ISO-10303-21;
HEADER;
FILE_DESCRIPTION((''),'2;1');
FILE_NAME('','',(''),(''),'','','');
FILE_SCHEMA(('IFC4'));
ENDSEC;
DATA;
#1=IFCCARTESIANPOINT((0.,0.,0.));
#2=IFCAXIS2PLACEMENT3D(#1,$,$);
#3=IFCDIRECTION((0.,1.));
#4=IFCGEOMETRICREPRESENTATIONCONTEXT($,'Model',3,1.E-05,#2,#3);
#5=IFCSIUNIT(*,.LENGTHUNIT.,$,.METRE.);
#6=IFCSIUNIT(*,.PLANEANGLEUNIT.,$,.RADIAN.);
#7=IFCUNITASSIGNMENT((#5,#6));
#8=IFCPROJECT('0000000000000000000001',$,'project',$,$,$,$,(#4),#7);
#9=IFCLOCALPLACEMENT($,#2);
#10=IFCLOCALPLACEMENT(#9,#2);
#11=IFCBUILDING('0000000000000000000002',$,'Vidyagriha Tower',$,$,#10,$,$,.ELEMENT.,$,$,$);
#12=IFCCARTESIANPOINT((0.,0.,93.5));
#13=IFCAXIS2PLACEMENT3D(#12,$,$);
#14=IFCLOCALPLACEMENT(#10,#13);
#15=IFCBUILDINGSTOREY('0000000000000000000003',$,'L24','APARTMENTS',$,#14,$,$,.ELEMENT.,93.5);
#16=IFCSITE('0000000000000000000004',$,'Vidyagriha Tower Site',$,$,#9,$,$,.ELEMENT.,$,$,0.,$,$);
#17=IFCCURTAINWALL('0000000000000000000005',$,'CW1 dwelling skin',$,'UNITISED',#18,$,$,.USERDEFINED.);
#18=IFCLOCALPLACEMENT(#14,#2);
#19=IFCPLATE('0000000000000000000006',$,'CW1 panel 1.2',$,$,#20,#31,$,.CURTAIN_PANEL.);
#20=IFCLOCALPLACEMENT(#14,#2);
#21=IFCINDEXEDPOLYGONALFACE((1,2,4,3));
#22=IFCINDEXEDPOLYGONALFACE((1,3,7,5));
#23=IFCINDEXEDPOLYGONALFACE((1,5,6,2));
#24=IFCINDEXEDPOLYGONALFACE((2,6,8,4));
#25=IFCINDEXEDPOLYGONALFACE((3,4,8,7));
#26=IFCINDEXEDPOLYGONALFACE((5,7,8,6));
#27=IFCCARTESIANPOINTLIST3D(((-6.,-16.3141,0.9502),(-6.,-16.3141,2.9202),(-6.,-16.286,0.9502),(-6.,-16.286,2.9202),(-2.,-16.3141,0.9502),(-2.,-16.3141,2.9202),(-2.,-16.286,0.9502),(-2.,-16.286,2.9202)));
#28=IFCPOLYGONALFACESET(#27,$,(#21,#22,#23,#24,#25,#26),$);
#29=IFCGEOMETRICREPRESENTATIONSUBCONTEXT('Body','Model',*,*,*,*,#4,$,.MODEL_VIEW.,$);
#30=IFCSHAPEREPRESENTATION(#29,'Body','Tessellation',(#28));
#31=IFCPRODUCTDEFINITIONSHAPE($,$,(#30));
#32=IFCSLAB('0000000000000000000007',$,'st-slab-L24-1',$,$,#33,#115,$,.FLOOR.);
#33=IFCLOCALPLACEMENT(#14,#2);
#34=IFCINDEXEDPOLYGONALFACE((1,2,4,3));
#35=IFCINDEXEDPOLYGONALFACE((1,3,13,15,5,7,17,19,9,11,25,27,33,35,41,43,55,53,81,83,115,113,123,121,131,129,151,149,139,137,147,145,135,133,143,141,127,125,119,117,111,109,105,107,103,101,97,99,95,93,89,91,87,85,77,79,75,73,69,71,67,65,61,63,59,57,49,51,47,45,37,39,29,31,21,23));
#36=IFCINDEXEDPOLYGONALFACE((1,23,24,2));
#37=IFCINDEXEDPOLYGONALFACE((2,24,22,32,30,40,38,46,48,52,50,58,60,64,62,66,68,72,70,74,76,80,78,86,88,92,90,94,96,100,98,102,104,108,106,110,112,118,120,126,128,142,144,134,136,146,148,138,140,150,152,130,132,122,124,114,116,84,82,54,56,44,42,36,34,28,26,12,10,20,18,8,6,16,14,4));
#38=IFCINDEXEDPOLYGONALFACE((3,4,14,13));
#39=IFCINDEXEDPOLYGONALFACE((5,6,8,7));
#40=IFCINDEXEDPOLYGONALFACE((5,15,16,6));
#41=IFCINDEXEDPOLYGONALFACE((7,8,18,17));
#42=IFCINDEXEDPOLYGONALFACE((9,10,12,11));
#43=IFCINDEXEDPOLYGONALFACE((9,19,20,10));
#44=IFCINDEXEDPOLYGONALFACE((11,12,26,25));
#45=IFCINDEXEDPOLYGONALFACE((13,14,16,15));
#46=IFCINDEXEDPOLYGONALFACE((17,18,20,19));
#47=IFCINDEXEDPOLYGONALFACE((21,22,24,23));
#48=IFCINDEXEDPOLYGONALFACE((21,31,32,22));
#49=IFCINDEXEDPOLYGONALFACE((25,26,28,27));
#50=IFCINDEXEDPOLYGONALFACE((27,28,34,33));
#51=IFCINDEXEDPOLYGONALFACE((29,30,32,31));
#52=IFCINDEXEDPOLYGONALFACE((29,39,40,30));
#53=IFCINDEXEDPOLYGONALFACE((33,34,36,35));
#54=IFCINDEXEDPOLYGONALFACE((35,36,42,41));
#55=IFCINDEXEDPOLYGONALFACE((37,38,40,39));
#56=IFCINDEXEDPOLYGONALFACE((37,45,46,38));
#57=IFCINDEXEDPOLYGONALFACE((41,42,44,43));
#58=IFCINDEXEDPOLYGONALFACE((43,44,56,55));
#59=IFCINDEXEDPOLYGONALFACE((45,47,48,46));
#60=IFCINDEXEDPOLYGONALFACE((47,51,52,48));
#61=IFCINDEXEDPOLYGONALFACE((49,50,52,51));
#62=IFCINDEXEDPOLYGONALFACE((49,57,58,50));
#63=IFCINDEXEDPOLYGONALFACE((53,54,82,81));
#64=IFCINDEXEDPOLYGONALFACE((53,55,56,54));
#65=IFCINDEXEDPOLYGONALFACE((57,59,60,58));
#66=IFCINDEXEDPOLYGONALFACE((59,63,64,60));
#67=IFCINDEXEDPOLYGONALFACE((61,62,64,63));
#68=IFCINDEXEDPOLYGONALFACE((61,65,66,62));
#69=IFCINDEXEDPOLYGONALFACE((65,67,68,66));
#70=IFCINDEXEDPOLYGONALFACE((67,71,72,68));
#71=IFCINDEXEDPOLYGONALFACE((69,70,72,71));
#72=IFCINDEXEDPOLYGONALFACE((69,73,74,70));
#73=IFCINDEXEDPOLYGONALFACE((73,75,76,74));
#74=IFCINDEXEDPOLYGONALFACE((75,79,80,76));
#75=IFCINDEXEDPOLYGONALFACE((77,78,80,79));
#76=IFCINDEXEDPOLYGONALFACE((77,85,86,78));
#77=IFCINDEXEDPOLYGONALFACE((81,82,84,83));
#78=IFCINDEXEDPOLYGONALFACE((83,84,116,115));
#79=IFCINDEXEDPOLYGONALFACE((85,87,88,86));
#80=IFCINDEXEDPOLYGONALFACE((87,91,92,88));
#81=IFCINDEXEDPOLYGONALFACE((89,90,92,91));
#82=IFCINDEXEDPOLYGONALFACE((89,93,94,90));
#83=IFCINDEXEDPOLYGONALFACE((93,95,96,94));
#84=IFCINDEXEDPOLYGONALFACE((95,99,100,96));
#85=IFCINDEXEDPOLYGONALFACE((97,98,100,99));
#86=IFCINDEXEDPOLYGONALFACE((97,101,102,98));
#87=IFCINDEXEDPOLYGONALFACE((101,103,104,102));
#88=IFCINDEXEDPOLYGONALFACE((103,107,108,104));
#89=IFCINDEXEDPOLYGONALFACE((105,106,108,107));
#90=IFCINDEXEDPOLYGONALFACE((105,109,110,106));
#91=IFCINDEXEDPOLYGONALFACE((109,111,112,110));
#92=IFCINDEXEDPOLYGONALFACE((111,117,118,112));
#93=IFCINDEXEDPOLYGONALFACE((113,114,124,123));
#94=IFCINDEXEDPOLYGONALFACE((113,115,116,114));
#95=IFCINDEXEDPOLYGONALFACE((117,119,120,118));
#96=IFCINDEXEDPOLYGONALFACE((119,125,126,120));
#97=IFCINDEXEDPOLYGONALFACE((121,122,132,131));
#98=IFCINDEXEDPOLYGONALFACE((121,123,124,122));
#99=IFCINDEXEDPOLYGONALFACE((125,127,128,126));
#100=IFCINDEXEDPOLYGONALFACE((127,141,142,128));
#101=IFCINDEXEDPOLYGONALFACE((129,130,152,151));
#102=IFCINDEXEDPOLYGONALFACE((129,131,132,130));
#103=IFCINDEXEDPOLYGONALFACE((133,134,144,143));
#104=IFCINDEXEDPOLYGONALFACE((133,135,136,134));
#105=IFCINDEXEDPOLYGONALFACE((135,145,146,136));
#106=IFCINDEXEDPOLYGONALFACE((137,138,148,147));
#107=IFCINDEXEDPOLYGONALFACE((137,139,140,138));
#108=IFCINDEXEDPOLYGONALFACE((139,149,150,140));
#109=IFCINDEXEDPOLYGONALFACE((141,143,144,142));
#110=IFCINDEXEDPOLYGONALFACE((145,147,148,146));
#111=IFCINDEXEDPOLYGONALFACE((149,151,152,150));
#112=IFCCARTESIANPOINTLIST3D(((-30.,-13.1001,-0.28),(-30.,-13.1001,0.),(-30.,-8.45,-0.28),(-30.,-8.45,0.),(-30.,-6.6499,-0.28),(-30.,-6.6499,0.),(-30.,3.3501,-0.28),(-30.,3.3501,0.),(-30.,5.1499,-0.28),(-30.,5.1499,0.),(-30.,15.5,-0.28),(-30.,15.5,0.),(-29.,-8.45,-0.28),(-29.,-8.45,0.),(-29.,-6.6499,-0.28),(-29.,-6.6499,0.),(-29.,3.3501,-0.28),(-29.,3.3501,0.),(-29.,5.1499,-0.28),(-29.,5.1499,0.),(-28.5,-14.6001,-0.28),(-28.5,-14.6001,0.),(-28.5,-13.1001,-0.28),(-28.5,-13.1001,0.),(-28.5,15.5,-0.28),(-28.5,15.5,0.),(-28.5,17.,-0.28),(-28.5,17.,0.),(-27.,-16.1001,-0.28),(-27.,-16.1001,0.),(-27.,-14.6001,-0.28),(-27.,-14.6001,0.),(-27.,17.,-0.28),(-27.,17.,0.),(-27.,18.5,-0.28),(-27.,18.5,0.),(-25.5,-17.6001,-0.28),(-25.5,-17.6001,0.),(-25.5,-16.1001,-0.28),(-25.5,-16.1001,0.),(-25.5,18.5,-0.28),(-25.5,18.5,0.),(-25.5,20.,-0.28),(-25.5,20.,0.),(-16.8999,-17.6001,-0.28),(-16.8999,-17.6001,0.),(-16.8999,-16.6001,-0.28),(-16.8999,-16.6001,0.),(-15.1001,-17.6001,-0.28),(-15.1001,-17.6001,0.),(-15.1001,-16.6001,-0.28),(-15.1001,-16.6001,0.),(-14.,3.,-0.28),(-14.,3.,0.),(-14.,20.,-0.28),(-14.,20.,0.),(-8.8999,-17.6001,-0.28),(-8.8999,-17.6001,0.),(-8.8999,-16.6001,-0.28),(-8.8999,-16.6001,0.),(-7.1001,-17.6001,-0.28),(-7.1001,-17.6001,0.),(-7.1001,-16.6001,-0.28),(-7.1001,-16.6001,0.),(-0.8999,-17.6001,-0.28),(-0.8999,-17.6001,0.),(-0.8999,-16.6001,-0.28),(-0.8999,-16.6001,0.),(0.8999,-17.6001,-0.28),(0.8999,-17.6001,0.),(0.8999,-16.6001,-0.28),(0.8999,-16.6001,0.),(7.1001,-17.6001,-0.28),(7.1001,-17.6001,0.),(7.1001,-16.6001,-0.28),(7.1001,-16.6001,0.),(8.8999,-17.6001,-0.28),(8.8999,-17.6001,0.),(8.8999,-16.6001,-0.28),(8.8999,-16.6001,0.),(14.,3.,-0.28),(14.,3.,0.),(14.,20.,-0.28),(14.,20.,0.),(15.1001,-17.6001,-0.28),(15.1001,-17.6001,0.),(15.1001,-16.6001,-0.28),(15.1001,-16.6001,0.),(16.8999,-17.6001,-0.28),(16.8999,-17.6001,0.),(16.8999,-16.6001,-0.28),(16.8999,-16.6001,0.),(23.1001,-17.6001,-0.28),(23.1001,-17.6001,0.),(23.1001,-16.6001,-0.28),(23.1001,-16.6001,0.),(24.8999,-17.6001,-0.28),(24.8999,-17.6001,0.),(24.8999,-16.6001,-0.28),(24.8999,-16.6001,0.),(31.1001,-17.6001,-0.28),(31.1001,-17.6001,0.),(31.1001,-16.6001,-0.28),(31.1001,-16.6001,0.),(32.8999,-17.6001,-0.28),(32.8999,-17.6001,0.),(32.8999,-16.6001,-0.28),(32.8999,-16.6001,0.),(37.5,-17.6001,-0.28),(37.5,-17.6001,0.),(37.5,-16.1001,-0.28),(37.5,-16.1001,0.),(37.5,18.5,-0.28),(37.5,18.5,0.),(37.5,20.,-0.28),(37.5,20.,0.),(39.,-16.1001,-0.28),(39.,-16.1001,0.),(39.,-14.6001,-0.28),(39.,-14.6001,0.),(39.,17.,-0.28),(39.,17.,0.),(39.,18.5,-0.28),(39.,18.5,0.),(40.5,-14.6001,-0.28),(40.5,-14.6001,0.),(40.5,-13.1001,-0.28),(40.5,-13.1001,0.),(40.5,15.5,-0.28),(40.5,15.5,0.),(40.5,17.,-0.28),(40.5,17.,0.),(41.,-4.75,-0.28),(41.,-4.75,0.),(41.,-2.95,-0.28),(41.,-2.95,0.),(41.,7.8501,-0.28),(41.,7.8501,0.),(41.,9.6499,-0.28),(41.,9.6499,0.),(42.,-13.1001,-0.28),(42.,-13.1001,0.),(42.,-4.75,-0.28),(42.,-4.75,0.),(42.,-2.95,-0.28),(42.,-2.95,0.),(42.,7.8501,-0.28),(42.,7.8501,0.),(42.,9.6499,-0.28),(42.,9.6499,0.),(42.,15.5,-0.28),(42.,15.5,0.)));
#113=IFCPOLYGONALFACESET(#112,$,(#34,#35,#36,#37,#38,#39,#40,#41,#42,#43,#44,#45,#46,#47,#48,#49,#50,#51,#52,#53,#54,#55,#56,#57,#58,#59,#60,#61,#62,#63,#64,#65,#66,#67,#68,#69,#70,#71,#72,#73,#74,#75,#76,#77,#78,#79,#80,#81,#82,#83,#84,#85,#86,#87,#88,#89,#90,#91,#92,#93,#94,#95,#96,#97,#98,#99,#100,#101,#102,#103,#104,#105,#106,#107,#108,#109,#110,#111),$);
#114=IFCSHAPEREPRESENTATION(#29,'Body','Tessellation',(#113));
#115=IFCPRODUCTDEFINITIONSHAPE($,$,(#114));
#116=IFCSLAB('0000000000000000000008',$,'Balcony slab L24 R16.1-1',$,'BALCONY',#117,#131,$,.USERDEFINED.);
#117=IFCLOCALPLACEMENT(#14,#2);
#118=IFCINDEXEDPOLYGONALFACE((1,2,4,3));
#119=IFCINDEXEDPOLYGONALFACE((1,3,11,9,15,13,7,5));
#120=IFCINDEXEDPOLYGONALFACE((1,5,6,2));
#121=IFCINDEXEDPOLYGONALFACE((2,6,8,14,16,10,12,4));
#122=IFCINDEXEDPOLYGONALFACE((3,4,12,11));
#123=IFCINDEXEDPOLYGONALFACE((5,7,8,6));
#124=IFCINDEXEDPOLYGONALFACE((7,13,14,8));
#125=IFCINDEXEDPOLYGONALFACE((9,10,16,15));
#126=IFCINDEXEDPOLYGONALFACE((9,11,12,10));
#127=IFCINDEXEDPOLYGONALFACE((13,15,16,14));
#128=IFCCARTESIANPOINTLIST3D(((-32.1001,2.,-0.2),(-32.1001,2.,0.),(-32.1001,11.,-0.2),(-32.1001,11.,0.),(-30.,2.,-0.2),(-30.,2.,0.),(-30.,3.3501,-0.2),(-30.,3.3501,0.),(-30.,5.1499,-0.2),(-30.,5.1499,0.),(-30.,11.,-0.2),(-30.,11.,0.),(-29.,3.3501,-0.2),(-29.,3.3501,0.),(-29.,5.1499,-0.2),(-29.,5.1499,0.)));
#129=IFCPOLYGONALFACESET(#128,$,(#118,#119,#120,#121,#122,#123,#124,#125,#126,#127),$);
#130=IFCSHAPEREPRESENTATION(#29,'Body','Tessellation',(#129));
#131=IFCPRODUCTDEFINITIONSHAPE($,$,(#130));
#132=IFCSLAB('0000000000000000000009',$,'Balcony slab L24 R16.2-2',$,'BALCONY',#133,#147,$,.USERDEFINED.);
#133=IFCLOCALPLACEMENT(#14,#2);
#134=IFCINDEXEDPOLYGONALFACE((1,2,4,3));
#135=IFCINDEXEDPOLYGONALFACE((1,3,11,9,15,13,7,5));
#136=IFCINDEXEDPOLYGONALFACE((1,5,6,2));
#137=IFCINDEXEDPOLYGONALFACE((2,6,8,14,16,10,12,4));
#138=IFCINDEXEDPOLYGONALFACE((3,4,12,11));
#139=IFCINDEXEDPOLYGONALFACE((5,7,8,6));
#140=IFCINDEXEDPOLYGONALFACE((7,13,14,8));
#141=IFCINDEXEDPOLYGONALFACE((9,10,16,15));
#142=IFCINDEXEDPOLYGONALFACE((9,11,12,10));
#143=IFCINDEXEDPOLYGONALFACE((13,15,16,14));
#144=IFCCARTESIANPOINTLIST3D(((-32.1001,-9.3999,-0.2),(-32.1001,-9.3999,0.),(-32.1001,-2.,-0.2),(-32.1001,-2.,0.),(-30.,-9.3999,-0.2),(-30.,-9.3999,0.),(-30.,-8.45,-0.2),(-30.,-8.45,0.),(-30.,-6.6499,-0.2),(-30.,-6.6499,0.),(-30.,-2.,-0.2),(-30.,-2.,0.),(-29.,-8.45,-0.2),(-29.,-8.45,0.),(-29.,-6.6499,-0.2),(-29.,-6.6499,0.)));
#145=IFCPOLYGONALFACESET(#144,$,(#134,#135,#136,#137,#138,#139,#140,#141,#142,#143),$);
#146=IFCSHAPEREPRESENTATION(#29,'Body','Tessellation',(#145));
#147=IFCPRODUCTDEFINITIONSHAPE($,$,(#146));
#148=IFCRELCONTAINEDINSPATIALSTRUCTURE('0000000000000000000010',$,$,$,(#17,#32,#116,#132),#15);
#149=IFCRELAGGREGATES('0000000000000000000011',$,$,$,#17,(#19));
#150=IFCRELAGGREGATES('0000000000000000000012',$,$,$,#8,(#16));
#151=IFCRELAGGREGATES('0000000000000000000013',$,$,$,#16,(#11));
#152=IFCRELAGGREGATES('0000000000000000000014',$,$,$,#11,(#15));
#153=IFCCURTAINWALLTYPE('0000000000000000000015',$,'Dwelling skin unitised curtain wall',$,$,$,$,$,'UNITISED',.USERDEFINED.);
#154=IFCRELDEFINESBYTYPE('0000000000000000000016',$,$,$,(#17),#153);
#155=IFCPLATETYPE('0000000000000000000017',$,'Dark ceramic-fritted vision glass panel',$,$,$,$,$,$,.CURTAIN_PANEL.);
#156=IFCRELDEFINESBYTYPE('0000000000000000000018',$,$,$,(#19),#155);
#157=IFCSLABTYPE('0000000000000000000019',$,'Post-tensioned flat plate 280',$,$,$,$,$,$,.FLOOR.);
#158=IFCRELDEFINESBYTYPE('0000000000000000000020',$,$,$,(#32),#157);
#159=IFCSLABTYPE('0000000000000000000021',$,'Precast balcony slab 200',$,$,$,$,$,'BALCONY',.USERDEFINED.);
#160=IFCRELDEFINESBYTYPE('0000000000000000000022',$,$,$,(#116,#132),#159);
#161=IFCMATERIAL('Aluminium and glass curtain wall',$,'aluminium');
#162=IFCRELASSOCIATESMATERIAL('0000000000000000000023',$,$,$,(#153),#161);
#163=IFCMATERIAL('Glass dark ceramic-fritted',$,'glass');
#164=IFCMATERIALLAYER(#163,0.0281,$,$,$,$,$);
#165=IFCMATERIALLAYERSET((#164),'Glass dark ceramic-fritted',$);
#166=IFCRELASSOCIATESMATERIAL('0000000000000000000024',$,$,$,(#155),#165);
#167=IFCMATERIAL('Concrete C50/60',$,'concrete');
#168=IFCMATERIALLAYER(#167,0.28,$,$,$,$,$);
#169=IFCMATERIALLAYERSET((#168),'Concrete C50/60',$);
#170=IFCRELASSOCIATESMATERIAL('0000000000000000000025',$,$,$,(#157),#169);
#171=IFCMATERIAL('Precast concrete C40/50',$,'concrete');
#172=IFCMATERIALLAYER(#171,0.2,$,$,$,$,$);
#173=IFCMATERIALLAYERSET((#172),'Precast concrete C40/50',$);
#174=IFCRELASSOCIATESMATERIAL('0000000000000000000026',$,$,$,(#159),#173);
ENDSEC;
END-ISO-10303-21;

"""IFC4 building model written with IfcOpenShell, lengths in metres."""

from ifc_helpers import new_model, si_unit, direction, frame, origin, origin_2d, place, context, subcontext, project, spatial, polyline, rectangle, outline, extrude, material, layer, layer_set, type_object, element, aggregate, save


model = new_model("IFC4")

# Units and contexts
model_context = context("Model", 3, precision=1e-05, world=origin(), true_north=direction((0.0, 1.0)))
body_context = subcontext(model_context, "Body", "Model", "MODEL_VIEW")
ifc_project = project(units=[si_unit("LENGTHUNIT", "METRE"), si_unit("PLANEANGLEUNIT", "RADIAN")], contexts=[model_context])

# Site, building, storey
site_placement = place(None, origin())
site = spatial("IfcSite", under=ifc_project, at=site_placement, Name="Vidyagriha Tower Site", CompositionType="ELEMENT", RefElevation=0.0)
building_placement = place(site_placement, origin())
building = spatial("IfcBuilding", under=site, at=building_placement, Name="Vidyagriha Tower", CompositionType="ELEMENT")
storey_placement = place(building_placement, frame((0.0, 0.0, 93.5)))
storey = spatial("IfcBuildingStorey", under=building, at=storey_placement, Name="L24", Description="APARTMENTS", CompositionType="ELEMENT", Elevation=93.5)

# Shared definitions
ifc_material_1 = material(Name="Aluminium and glass curtain wall", Category="aluminium")
curtain_wall_type = type_object("IfcCurtainWallType", Name="Dwelling skin unitised curtain wall", ElementType="UNITISED", PredefinedType="USERDEFINED", material=ifc_material_1)

# Curtain wall
curtain_wall_1_placement = place(storey_placement, origin())
curtain_wall_1 = element("IfcCurtainWall", 1, at=curtain_wall_1_placement, inside=storey, type_object=curtain_wall_type, Name="CW1 dwelling skin", ObjectType="UNITISED", PredefinedType="USERDEFINED")

# Plate
ifc_material_2 = material(Name="Glass dark ceramic-fritted", Category="glass")
ifc_layer_1 = layer(ifc_material_2, 0.0281)
ifc_layer_set_1 = layer_set([ifc_layer_1], Name="Glass dark ceramic-fritted")
plate_type_1 = type_object("IfcPlateType", Name="Dark ceramic-fritted vision glass panel", PredefinedType="CURTAIN_PANEL", material=ifc_layer_set_1)
plate_1_placement = place(storey_placement, frame((-4.0, -16.3, 0.9502)))
plate_1 = element("IfcPlate", 2, at=plate_1_placement, type_object=plate_type_1, Name="CW1 panel 1.2", PredefinedType="CURTAIN_PANEL", context=body_context, shape_type="SweptSolid", body=[
    extrude(rectangle(XDim=4.0, YDim=0.0281, at=origin_2d()), origin(), (0.0, 0.0, 1.0), 1.97),
])
aggregate(curtain_wall_1, [plate_1])

# Slabs
ifc_material_3 = material(Name="Concrete C50/60", Category="concrete")
ifc_layer_2 = layer(ifc_material_3, 0.28)
ifc_layer_set_2 = layer_set([ifc_layer_2], Name="Concrete C50/60")
slab_type_1 = type_object("IfcSlabType", Name="Post-tensioned flat plate 280", PredefinedType="FLOOR", material=ifc_layer_set_2)
slab_1_placement = place(storey_placement, frame((0.0, 0.0, -0.28)))
element("IfcSlab", 3, at=slab_1_placement, inside=storey, type_object=slab_type_1, Name="st-slab-L24-1", PredefinedType="FLOOR", context=body_context, shape_type="SweptSolid", body=[
    extrude(outline(polyline([(40.5, -14.6001), (39.0, -14.6001), (39.0, -16.1001), (37.5, -16.1001), (37.5, -17.6001), (32.8999, -17.6001), (32.8999, -16.6001), (31.1001, -16.6001), (31.1001, -17.6001), (24.8999, -17.6001), (24.8999, -16.6001), (23.1001, -16.6001), (23.1001, -17.6001), (16.8999, -17.6001), (16.8999, -16.6001), (15.1001, -16.6001), (15.1001, -17.6001), (8.8999, -17.6001), (8.8999, -16.6001), (7.1001, -16.6001), (7.1001, -17.6001), (0.8999, -17.6001), (0.8999, -16.6001), (-0.8999, -16.6001), (-0.8999, -17.6001), (-7.1001, -17.6001), (-7.1001, -16.6001), (-8.8999, -16.6001), (-8.8999, -17.6001), (-15.1001, -17.6001), (-15.1001, -16.6001), (-16.8999, -16.6001), (-16.8999, -17.6001), (-25.5, -17.6001), (-25.5, -16.1001), (-27.0, -16.1001), (-27.0, -14.6001), (-28.5, -14.6001), (-28.5, -13.1001), (-30.0, -13.1001), (-30.0, -8.45), (-29.0, -8.45), (-29.0, -6.6499), (-30.0, -6.6499), (-30.0, 3.3501), (-29.0, 3.3501), (-29.0, 5.1499), (-30.0, 5.1499), (-30.0, 15.5), (-28.5, 15.5), (-28.5, 17.0), (-27.0, 17.0), (-27.0, 18.5), (-25.5, 18.5), (-25.5, 20.0), (-14.0, 20.0), (-14.0, 3.0), (14.0, 3.0), (14.0, 20.0), (37.5, 20.0), (37.5, 18.5), (39.0, 18.5), (39.0, 17.0), (40.5, 17.0), (40.5, 15.5), (42.0, 15.5), (42.0, 9.6499), (41.0, 9.6499), (41.0, 7.8501), (42.0, 7.8501), (42.0, -2.95), (41.0, -2.95), (41.0, -4.75), (42.0, -4.75), (42.0, -13.1001), (40.5, -13.1001), (40.5, -14.6001)])), origin(), (0.0, 0.0, 1.0), 0.28),
])
ifc_material_4 = material(Name="Precast concrete C40/50", Category="concrete")
ifc_layer_3 = layer(ifc_material_4, 0.2)
ifc_layer_set_3 = layer_set([ifc_layer_3], Name="Precast concrete C40/50")
slab_type_2 = type_object("IfcSlabType", Name="Precast balcony slab 200", ElementType="BALCONY", PredefinedType="USERDEFINED", material=ifc_layer_set_3)
slab_2_placement = place(storey_placement, frame((0.0, 0.0, -0.2)))
element("IfcSlab", 4, at=slab_2_placement, inside=storey, type_object=slab_type_2, Name="Balcony slab L24 R16.1-1", ObjectType="BALCONY", PredefinedType="USERDEFINED", context=body_context, shape_type="SweptSolid", body=[
    extrude(outline(polyline([(-29.0, 3.3501), (-29.0, 5.1499), (-30.0, 5.1499), (-30.0, 11.0), (-32.1001, 11.0), (-32.1001, 2.0), (-30.0, 2.0), (-30.0, 3.3501), (-29.0, 3.3501)])), origin(), (0.0, 0.0, 1.0), 0.2),
])
slab_3_placement = place(storey_placement, frame((0.0, 0.0, -0.2)))
element("IfcSlab", 5, at=slab_3_placement, inside=storey, type_object=slab_type_2, Name="Balcony slab L24 R16.2-2", ObjectType="BALCONY", PredefinedType="USERDEFINED", context=body_context, shape_type="SweptSolid", body=[
    extrude(outline(polyline([(-29.0, -8.45), (-29.0, -6.6499), (-30.0, -6.6499), (-30.0, -2.0), (-32.1001, -2.0), (-32.1001, -9.3999), (-30.0, -9.3999), (-30.0, -8.45), (-29.0, -8.45)])), origin(), (0.0, 0.0, 1.0), 0.2),
])

save(model, "model.ifc")
